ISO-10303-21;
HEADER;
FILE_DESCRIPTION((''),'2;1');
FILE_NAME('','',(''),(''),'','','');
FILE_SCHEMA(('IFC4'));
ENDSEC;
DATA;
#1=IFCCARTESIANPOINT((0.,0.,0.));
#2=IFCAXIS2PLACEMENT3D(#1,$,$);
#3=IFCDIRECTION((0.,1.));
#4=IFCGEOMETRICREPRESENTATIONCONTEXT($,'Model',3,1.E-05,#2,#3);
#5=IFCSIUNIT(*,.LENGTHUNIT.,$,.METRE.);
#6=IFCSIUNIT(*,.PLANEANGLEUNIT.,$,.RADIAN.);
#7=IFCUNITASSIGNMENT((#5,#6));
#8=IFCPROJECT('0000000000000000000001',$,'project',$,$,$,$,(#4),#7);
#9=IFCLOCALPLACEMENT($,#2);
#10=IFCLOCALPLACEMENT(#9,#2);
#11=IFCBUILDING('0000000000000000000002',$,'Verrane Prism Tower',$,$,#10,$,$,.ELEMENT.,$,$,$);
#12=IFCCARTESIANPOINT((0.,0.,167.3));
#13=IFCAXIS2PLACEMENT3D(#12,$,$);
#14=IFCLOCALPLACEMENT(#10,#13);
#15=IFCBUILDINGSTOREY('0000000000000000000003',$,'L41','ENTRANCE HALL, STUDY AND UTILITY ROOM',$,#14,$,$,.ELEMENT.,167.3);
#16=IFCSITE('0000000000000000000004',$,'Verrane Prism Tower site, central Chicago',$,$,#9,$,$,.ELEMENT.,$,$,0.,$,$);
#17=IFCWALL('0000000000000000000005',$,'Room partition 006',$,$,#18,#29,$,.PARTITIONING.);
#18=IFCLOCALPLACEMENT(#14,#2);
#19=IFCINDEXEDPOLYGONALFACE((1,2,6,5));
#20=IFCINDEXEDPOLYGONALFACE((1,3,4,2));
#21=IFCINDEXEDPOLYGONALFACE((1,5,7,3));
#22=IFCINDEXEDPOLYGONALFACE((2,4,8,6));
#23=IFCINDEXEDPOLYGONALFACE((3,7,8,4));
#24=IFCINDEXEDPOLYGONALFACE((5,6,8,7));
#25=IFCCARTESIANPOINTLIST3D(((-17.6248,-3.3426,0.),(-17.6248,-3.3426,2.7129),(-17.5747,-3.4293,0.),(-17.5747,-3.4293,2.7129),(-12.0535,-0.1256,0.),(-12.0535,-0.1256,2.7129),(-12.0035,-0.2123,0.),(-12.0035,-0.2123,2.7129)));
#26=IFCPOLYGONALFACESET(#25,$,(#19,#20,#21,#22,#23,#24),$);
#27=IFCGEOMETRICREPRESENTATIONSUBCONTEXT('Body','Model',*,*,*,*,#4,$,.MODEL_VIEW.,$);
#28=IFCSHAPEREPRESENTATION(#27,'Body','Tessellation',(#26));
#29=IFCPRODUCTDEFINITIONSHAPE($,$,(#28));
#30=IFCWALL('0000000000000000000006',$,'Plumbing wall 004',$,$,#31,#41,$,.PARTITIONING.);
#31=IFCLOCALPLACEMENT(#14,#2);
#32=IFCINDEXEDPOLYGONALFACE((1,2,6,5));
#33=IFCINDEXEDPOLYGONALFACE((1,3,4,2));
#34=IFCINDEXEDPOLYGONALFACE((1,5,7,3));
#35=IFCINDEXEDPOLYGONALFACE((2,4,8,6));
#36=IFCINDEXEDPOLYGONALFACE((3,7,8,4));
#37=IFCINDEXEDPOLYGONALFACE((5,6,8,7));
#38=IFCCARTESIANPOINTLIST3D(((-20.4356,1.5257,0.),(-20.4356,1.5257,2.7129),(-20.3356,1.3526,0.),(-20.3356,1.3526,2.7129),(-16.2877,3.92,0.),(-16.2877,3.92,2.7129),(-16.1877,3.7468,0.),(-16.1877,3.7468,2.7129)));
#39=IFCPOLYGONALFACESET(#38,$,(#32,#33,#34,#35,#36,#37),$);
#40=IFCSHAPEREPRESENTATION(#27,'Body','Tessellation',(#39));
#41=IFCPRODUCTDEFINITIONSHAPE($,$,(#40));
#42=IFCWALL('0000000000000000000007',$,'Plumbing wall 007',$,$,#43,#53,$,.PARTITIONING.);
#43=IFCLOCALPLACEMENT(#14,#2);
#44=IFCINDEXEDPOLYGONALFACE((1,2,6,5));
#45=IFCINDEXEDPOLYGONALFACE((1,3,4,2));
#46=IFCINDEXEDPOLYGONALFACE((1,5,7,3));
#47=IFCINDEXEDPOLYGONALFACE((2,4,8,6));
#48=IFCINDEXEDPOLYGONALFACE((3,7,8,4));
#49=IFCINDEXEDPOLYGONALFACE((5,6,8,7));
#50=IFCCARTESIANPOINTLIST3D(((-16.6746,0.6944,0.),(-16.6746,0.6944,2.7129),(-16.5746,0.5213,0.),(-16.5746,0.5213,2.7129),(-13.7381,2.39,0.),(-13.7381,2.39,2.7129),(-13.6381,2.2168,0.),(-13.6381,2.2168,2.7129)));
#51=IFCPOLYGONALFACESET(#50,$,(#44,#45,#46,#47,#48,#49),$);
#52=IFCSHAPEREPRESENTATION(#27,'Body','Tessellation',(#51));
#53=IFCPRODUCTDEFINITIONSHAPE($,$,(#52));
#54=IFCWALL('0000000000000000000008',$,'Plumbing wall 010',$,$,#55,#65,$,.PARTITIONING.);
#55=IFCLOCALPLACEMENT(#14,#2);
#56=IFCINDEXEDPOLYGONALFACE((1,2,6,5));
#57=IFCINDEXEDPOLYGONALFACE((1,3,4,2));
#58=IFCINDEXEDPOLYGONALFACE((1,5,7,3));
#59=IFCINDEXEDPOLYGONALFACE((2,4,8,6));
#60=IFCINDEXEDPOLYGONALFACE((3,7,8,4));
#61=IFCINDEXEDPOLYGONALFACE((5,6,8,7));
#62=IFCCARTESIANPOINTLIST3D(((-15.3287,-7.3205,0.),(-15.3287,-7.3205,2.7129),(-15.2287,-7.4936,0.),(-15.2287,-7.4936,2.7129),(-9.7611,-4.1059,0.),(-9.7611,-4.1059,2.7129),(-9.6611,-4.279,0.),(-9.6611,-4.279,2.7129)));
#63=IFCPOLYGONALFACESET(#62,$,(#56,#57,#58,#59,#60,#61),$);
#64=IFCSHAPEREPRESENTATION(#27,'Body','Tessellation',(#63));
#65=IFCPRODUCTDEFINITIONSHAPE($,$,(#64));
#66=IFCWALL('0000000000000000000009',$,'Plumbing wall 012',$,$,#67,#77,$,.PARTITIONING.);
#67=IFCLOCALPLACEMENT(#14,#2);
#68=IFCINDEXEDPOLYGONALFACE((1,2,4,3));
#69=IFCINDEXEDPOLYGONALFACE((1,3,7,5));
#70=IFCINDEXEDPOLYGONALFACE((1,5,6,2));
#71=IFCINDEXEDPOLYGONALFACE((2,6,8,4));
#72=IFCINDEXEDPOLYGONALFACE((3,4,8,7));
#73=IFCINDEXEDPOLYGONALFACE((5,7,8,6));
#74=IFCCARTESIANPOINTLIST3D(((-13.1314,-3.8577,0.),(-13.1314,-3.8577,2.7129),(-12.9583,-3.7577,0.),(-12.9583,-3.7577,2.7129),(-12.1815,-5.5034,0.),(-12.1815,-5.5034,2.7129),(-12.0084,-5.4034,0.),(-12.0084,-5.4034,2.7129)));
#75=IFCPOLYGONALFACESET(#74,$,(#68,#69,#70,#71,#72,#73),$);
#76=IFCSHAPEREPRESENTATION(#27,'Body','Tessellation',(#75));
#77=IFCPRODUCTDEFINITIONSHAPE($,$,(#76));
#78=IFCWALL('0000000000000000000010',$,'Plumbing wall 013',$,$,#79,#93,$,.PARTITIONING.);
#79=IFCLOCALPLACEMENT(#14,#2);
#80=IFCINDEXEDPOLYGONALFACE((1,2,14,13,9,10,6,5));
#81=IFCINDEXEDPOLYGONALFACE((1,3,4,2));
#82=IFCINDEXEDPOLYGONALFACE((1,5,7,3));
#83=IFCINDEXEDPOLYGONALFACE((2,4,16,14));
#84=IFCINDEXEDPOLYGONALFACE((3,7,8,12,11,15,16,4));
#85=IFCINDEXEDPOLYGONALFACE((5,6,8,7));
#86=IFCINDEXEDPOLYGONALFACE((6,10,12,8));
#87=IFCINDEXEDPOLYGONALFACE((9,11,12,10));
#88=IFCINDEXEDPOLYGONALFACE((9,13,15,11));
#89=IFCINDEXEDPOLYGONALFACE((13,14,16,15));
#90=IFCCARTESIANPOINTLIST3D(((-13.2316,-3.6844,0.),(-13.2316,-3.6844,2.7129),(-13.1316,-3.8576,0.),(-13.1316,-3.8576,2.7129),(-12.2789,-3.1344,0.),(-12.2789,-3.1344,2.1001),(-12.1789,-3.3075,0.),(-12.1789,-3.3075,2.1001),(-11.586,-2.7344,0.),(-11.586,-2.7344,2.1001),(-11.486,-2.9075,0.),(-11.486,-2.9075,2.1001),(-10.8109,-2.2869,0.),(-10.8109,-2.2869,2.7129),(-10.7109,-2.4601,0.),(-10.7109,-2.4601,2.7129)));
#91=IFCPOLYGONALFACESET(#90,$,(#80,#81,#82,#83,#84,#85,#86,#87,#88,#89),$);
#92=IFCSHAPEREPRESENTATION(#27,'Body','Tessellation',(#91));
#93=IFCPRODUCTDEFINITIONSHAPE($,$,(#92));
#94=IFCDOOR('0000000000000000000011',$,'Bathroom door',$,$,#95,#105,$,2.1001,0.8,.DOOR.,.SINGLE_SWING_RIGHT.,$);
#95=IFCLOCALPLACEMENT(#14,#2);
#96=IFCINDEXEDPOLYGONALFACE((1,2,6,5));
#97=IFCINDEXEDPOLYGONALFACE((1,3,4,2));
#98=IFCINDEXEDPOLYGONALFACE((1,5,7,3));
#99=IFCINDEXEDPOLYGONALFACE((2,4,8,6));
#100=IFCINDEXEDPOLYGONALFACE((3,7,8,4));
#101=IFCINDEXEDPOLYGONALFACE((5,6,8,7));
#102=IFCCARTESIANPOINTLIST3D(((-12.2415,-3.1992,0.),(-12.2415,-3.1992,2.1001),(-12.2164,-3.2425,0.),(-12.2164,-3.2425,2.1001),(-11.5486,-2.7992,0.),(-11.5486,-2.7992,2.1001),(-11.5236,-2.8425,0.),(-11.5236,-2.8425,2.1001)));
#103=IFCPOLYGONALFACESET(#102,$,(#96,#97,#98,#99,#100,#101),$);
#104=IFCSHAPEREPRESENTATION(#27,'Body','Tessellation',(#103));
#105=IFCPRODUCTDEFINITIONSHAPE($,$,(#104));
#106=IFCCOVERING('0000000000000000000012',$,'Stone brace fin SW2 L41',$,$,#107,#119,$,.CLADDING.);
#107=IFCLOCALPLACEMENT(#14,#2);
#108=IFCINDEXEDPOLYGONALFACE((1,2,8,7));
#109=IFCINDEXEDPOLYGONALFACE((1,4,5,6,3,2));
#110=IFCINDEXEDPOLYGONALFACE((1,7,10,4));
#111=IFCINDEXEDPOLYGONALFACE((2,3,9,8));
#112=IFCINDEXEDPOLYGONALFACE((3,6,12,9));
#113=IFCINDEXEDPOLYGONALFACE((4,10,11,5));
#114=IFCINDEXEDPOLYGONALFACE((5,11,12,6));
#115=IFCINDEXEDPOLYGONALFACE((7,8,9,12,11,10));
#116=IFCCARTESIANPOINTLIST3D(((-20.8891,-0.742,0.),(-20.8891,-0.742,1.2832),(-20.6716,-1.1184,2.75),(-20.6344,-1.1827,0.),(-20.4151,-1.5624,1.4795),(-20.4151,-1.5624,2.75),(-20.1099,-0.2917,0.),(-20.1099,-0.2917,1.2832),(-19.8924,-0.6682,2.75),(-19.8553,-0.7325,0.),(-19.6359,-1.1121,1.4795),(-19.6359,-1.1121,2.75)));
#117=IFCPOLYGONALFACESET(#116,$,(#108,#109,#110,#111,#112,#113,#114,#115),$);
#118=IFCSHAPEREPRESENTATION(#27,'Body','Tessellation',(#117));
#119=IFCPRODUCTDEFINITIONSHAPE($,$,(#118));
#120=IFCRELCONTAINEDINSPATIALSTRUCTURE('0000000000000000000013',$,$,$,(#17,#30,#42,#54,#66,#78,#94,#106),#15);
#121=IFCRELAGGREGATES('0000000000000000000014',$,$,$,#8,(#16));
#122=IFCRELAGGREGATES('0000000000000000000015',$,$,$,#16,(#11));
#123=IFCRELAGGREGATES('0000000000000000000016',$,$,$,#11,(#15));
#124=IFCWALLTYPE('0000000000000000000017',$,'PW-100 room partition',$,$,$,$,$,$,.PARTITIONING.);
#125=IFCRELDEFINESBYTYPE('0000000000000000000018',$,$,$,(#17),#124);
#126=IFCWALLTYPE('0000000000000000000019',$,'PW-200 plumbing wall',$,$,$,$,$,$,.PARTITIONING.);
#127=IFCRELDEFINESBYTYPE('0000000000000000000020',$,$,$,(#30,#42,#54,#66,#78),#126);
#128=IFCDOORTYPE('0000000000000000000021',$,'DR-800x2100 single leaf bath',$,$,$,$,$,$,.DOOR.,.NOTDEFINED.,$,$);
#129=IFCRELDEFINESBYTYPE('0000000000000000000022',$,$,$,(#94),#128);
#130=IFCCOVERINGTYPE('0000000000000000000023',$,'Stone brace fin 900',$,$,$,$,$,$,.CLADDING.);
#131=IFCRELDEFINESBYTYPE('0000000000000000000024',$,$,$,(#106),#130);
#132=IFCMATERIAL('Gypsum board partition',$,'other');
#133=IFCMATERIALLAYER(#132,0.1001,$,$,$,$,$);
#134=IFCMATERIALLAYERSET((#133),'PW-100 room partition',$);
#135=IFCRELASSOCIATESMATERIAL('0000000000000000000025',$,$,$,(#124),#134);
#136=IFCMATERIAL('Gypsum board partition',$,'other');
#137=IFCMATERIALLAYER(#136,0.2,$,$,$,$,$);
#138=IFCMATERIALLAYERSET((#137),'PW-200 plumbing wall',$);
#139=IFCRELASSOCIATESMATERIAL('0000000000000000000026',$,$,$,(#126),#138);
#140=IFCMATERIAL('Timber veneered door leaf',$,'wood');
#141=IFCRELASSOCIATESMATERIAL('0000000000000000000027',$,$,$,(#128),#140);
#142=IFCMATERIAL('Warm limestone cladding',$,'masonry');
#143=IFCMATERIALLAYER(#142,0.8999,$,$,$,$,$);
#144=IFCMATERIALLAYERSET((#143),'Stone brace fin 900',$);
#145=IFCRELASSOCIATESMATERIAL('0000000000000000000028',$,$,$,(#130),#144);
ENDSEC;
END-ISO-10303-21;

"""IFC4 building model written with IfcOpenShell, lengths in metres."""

from ifc_helpers import new_model, si_unit, direction, frame, frame_2d, origin, place, context, subcontext, project, spatial, polyline, rectangle, outline, extrude, material, layer, layer_set, type_object, element, fill, save


model = new_model("IFC4")

# Units and contexts
model_context = context("Model", 3, precision=1e-05, world=origin(), true_north=direction((0.0, 1.0)))
body_context = subcontext(model_context, "Body", "Model", "MODEL_VIEW")
ifc_project = project(units=[si_unit("LENGTHUNIT", "METRE"), si_unit("PLANEANGLEUNIT", "RADIAN")], contexts=[model_context])

# Site, building, storey
site_placement = place(None, origin())
site = spatial("IfcSite", under=ifc_project, at=site_placement, Name="Verrane Prism Tower site, central Chicago", CompositionType="ELEMENT", RefElevation=0.0)
building_placement = place(site_placement, origin())
building = spatial("IfcBuilding", under=site, at=building_placement, Name="Verrane Prism Tower", CompositionType="ELEMENT")
storey_placement = place(building_placement, frame((0.0, 0.0, 167.3)))
storey = spatial("IfcBuildingStorey", under=building, at=storey_placement, Name="L41", Description="ENTRANCE HALL, STUDY AND UTILITY ROOM", CompositionType="ELEMENT", Elevation=167.3)

# Walls
ifc_material_1 = material(Name="Gypsum board partition", Category="other")
ifc_layer_1 = layer(ifc_material_1, 0.1001)
ifc_layer_set_1 = layer_set([ifc_layer_1], Name="PW-100 room partition")
wall_type_1 = type_object("IfcWallType", Name="PW-100 room partition", PredefinedType="PARTITIONING", material=ifc_layer_set_1)
wall_1_placement = place(storey_placement, frame((-17.5999, -3.386, 0.0), z_axis=(0.0, 0.0, 1.0), x_axis=(0.865995, 0.500053, 0.0)))
element("IfcWall", 1, at=wall_1_placement, inside=storey, type_object=wall_type_1, Name="Room partition 006", PredefinedType="PARTITIONING", context=body_context, shape_type="SweptSolid", body=[
    extrude(rectangle(XDim=6.4333, YDim=0.1001, at=frame_2d((3.2168, 0.0))), origin(), (0.0, 0.0, 1.0), 2.7129),
])
ifc_material_2 = material(Name="Gypsum board partition", Category="other")
ifc_layer_2 = layer(ifc_material_2, 0.2)
ifc_layer_set_2 = layer_set([ifc_layer_2], Name="PW-200 plumbing wall")
wall_type_2 = type_object("IfcWallType", Name="PW-200 plumbing wall", PredefinedType="PARTITIONING", material=ifc_layer_set_2)
wall_2_placement = place(storey_placement, frame((-20.3855, 1.4392, 0.0), z_axis=(0.0, 0.0, 1.0), x_axis=(0.866074, 0.499917, 0.0)))
element("IfcWall", 2, at=wall_2_placement, inside=storey, type_object=wall_type_2, Name="Plumbing wall 004", PredefinedType="PARTITIONING", context=body_context, shape_type="SweptSolid", body=[
    extrude(rectangle(XDim=4.7893, YDim=0.2, at=frame_2d((2.3945, 0.0))), origin(), (0.0, 0.0, 1.0), 2.7129),
])
wall_3_placement = place(storey_placement, frame((-16.6245, 0.6079, 0.0), z_axis=(0.0, 0.0, 1.0), x_axis=(0.866006, 0.500034, 0.0)))
element("IfcWall", 3, at=wall_3_placement, inside=storey, type_object=wall_type_2, Name="Plumbing wall 007", PredefinedType="PARTITIONING", context=body_context, shape_type="SweptSolid", body=[
    extrude(rectangle(XDim=3.3909, YDim=0.2, at=frame_2d((1.6953, 0.0))), origin(), (0.0, 0.0, 1.0), 2.7129),
])
wall_4_placement = place(storey_placement, frame((-15.2786, -7.407, 0.0), z_axis=(0.0, 0.0, 1.0), x_axis=(0.866017, 0.500015, 0.0)))
element("IfcWall", 4, at=wall_4_placement, inside=storey, type_object=wall_type_2, Name="Plumbing wall 010", PredefinedType="PARTITIONING", context=body_context, shape_type="SweptSolid", body=[
    extrude(rectangle(XDim=6.429, YDim=0.2, at=frame_2d((3.2144, 0.0))), origin(), (0.0, 0.0, 1.0), 2.7129),
])
wall_5_placement = place(storey_placement, frame((-13.0449, -3.8076, 0.0), z_axis=(0.0, 0.0, 1.0), x_axis=(0.499912, -0.866076, 0.0)))
element("IfcWall", 5, at=wall_5_placement, inside=storey, type_object=wall_type_2, Name="Plumbing wall 012", PredefinedType="PARTITIONING", context=body_context, shape_type="SweptSolid", body=[
    extrude(rectangle(XDim=1.9001, YDim=0.2, at=frame_2d((0.9502, 0.0))), origin(), (0.0, 0.0, 1.0), 2.7129),
])

# Wall, opening, door
wall_6_placement = place(storey_placement, frame((-10.761, -2.3735, 0.0), z_axis=(0.0, 0.0, 1.0), x_axis=(-0.866042, -0.499972, 0.0)))
wall_6 = element("IfcWall", 6, at=wall_6_placement, inside=storey, type_object=wall_type_2, Name="Plumbing wall 013", PredefinedType="PARTITIONING", context=body_context, shape_type="SweptSolid", body=[
    extrude(rectangle(XDim=2.7952, YDim=0.2, at=frame_2d((1.3975, 0.0))), origin(), (0.0, 0.0, 1.0), 2.7129),
])
opening_placement = place(wall_6_placement, frame((0.895, 0.0, 0.0)))
opening = element("IfcOpeningElement", 7, at=opening_placement, cuts=wall_6, PredefinedType="OPENING", context=body_context, shape_type="SweptSolid", body=[
    extrude(rectangle(XDim=0.8, YDim=2.1001, at=frame_2d((0.3999, 1.05))), frame((0.0, 0.1099, 0.0), z_axis=(0.0, -1.0, 0.0), x_axis=(1.0, 0.0, 0.0)), (0.0, 0.0, 1.0), 0.22),
])
ifc_material_3 = material(Name="Timber veneered door leaf", Category="wood")
door_type = type_object("IfcDoorType", Name="DR-800x2100 single leaf bath", OperationType="NOTDEFINED", PredefinedType="DOOR", material=ifc_material_3)
door_placement = place(opening_placement, origin())
door = element("IfcDoor", 8, at=door_placement, inside=storey, type_object=door_type, Name="Bathroom door", OperationType="SINGLE_SWING_RIGHT", OverallHeight=2.1001, OverallWidth=0.8, PredefinedType="DOOR", context=body_context, shape_type="SweptSolid", body=[
    extrude(rectangle(XDim=0.8, YDim=2.1001, at=frame_2d((0.3999, 1.05))), frame((0.0, 0.0249, 0.0), z_axis=(0.0, -1.0, 0.0), x_axis=(1.0, 0.0, 0.0)), (0.0, 0.0, 1.0), 0.05),
])
fill(opening, door)

# Covering
ifc_material_4 = material(Name="Warm limestone cladding", Category="masonry")
ifc_layer_3 = layer(ifc_material_4, 0.8999)
ifc_layer_set_3 = layer_set([ifc_layer_3], Name="Stone brace fin 900")
covering_type = type_object("IfcCoveringType", Name="Stone brace fin 900", PredefinedType="CLADDING", material=ifc_layer_set_3)
covering_placement = place(storey_placement, frame((-20.4995, -0.5168, 0.0), z_axis=(0.0, 0.0, 1.0), x_axis=(0.500295, -0.865855, 0.0)))
element("IfcCovering", 9, at=covering_placement, inside=storey, type_object=covering_type, Name="Stone brace fin SW2 L41", PredefinedType="CLADDING", context=body_context, shape_type="SweptSolid", body=[
    extrude(outline(polyline([(0.9475, 2.75), (0.4348, 2.75), (0.0, 1.2832), (0.0, 0.0), (0.509, 0.0), (0.9475, 1.4795), (0.9475, 2.75)])), frame((0.0, 0.45, 0.0), z_axis=(0.0, -1.0, 0.0), x_axis=(1.0, 0.0, 0.0)), (0.0, 0.0, 1.0), 0.8999),
])

save(model, "model.ifc")
